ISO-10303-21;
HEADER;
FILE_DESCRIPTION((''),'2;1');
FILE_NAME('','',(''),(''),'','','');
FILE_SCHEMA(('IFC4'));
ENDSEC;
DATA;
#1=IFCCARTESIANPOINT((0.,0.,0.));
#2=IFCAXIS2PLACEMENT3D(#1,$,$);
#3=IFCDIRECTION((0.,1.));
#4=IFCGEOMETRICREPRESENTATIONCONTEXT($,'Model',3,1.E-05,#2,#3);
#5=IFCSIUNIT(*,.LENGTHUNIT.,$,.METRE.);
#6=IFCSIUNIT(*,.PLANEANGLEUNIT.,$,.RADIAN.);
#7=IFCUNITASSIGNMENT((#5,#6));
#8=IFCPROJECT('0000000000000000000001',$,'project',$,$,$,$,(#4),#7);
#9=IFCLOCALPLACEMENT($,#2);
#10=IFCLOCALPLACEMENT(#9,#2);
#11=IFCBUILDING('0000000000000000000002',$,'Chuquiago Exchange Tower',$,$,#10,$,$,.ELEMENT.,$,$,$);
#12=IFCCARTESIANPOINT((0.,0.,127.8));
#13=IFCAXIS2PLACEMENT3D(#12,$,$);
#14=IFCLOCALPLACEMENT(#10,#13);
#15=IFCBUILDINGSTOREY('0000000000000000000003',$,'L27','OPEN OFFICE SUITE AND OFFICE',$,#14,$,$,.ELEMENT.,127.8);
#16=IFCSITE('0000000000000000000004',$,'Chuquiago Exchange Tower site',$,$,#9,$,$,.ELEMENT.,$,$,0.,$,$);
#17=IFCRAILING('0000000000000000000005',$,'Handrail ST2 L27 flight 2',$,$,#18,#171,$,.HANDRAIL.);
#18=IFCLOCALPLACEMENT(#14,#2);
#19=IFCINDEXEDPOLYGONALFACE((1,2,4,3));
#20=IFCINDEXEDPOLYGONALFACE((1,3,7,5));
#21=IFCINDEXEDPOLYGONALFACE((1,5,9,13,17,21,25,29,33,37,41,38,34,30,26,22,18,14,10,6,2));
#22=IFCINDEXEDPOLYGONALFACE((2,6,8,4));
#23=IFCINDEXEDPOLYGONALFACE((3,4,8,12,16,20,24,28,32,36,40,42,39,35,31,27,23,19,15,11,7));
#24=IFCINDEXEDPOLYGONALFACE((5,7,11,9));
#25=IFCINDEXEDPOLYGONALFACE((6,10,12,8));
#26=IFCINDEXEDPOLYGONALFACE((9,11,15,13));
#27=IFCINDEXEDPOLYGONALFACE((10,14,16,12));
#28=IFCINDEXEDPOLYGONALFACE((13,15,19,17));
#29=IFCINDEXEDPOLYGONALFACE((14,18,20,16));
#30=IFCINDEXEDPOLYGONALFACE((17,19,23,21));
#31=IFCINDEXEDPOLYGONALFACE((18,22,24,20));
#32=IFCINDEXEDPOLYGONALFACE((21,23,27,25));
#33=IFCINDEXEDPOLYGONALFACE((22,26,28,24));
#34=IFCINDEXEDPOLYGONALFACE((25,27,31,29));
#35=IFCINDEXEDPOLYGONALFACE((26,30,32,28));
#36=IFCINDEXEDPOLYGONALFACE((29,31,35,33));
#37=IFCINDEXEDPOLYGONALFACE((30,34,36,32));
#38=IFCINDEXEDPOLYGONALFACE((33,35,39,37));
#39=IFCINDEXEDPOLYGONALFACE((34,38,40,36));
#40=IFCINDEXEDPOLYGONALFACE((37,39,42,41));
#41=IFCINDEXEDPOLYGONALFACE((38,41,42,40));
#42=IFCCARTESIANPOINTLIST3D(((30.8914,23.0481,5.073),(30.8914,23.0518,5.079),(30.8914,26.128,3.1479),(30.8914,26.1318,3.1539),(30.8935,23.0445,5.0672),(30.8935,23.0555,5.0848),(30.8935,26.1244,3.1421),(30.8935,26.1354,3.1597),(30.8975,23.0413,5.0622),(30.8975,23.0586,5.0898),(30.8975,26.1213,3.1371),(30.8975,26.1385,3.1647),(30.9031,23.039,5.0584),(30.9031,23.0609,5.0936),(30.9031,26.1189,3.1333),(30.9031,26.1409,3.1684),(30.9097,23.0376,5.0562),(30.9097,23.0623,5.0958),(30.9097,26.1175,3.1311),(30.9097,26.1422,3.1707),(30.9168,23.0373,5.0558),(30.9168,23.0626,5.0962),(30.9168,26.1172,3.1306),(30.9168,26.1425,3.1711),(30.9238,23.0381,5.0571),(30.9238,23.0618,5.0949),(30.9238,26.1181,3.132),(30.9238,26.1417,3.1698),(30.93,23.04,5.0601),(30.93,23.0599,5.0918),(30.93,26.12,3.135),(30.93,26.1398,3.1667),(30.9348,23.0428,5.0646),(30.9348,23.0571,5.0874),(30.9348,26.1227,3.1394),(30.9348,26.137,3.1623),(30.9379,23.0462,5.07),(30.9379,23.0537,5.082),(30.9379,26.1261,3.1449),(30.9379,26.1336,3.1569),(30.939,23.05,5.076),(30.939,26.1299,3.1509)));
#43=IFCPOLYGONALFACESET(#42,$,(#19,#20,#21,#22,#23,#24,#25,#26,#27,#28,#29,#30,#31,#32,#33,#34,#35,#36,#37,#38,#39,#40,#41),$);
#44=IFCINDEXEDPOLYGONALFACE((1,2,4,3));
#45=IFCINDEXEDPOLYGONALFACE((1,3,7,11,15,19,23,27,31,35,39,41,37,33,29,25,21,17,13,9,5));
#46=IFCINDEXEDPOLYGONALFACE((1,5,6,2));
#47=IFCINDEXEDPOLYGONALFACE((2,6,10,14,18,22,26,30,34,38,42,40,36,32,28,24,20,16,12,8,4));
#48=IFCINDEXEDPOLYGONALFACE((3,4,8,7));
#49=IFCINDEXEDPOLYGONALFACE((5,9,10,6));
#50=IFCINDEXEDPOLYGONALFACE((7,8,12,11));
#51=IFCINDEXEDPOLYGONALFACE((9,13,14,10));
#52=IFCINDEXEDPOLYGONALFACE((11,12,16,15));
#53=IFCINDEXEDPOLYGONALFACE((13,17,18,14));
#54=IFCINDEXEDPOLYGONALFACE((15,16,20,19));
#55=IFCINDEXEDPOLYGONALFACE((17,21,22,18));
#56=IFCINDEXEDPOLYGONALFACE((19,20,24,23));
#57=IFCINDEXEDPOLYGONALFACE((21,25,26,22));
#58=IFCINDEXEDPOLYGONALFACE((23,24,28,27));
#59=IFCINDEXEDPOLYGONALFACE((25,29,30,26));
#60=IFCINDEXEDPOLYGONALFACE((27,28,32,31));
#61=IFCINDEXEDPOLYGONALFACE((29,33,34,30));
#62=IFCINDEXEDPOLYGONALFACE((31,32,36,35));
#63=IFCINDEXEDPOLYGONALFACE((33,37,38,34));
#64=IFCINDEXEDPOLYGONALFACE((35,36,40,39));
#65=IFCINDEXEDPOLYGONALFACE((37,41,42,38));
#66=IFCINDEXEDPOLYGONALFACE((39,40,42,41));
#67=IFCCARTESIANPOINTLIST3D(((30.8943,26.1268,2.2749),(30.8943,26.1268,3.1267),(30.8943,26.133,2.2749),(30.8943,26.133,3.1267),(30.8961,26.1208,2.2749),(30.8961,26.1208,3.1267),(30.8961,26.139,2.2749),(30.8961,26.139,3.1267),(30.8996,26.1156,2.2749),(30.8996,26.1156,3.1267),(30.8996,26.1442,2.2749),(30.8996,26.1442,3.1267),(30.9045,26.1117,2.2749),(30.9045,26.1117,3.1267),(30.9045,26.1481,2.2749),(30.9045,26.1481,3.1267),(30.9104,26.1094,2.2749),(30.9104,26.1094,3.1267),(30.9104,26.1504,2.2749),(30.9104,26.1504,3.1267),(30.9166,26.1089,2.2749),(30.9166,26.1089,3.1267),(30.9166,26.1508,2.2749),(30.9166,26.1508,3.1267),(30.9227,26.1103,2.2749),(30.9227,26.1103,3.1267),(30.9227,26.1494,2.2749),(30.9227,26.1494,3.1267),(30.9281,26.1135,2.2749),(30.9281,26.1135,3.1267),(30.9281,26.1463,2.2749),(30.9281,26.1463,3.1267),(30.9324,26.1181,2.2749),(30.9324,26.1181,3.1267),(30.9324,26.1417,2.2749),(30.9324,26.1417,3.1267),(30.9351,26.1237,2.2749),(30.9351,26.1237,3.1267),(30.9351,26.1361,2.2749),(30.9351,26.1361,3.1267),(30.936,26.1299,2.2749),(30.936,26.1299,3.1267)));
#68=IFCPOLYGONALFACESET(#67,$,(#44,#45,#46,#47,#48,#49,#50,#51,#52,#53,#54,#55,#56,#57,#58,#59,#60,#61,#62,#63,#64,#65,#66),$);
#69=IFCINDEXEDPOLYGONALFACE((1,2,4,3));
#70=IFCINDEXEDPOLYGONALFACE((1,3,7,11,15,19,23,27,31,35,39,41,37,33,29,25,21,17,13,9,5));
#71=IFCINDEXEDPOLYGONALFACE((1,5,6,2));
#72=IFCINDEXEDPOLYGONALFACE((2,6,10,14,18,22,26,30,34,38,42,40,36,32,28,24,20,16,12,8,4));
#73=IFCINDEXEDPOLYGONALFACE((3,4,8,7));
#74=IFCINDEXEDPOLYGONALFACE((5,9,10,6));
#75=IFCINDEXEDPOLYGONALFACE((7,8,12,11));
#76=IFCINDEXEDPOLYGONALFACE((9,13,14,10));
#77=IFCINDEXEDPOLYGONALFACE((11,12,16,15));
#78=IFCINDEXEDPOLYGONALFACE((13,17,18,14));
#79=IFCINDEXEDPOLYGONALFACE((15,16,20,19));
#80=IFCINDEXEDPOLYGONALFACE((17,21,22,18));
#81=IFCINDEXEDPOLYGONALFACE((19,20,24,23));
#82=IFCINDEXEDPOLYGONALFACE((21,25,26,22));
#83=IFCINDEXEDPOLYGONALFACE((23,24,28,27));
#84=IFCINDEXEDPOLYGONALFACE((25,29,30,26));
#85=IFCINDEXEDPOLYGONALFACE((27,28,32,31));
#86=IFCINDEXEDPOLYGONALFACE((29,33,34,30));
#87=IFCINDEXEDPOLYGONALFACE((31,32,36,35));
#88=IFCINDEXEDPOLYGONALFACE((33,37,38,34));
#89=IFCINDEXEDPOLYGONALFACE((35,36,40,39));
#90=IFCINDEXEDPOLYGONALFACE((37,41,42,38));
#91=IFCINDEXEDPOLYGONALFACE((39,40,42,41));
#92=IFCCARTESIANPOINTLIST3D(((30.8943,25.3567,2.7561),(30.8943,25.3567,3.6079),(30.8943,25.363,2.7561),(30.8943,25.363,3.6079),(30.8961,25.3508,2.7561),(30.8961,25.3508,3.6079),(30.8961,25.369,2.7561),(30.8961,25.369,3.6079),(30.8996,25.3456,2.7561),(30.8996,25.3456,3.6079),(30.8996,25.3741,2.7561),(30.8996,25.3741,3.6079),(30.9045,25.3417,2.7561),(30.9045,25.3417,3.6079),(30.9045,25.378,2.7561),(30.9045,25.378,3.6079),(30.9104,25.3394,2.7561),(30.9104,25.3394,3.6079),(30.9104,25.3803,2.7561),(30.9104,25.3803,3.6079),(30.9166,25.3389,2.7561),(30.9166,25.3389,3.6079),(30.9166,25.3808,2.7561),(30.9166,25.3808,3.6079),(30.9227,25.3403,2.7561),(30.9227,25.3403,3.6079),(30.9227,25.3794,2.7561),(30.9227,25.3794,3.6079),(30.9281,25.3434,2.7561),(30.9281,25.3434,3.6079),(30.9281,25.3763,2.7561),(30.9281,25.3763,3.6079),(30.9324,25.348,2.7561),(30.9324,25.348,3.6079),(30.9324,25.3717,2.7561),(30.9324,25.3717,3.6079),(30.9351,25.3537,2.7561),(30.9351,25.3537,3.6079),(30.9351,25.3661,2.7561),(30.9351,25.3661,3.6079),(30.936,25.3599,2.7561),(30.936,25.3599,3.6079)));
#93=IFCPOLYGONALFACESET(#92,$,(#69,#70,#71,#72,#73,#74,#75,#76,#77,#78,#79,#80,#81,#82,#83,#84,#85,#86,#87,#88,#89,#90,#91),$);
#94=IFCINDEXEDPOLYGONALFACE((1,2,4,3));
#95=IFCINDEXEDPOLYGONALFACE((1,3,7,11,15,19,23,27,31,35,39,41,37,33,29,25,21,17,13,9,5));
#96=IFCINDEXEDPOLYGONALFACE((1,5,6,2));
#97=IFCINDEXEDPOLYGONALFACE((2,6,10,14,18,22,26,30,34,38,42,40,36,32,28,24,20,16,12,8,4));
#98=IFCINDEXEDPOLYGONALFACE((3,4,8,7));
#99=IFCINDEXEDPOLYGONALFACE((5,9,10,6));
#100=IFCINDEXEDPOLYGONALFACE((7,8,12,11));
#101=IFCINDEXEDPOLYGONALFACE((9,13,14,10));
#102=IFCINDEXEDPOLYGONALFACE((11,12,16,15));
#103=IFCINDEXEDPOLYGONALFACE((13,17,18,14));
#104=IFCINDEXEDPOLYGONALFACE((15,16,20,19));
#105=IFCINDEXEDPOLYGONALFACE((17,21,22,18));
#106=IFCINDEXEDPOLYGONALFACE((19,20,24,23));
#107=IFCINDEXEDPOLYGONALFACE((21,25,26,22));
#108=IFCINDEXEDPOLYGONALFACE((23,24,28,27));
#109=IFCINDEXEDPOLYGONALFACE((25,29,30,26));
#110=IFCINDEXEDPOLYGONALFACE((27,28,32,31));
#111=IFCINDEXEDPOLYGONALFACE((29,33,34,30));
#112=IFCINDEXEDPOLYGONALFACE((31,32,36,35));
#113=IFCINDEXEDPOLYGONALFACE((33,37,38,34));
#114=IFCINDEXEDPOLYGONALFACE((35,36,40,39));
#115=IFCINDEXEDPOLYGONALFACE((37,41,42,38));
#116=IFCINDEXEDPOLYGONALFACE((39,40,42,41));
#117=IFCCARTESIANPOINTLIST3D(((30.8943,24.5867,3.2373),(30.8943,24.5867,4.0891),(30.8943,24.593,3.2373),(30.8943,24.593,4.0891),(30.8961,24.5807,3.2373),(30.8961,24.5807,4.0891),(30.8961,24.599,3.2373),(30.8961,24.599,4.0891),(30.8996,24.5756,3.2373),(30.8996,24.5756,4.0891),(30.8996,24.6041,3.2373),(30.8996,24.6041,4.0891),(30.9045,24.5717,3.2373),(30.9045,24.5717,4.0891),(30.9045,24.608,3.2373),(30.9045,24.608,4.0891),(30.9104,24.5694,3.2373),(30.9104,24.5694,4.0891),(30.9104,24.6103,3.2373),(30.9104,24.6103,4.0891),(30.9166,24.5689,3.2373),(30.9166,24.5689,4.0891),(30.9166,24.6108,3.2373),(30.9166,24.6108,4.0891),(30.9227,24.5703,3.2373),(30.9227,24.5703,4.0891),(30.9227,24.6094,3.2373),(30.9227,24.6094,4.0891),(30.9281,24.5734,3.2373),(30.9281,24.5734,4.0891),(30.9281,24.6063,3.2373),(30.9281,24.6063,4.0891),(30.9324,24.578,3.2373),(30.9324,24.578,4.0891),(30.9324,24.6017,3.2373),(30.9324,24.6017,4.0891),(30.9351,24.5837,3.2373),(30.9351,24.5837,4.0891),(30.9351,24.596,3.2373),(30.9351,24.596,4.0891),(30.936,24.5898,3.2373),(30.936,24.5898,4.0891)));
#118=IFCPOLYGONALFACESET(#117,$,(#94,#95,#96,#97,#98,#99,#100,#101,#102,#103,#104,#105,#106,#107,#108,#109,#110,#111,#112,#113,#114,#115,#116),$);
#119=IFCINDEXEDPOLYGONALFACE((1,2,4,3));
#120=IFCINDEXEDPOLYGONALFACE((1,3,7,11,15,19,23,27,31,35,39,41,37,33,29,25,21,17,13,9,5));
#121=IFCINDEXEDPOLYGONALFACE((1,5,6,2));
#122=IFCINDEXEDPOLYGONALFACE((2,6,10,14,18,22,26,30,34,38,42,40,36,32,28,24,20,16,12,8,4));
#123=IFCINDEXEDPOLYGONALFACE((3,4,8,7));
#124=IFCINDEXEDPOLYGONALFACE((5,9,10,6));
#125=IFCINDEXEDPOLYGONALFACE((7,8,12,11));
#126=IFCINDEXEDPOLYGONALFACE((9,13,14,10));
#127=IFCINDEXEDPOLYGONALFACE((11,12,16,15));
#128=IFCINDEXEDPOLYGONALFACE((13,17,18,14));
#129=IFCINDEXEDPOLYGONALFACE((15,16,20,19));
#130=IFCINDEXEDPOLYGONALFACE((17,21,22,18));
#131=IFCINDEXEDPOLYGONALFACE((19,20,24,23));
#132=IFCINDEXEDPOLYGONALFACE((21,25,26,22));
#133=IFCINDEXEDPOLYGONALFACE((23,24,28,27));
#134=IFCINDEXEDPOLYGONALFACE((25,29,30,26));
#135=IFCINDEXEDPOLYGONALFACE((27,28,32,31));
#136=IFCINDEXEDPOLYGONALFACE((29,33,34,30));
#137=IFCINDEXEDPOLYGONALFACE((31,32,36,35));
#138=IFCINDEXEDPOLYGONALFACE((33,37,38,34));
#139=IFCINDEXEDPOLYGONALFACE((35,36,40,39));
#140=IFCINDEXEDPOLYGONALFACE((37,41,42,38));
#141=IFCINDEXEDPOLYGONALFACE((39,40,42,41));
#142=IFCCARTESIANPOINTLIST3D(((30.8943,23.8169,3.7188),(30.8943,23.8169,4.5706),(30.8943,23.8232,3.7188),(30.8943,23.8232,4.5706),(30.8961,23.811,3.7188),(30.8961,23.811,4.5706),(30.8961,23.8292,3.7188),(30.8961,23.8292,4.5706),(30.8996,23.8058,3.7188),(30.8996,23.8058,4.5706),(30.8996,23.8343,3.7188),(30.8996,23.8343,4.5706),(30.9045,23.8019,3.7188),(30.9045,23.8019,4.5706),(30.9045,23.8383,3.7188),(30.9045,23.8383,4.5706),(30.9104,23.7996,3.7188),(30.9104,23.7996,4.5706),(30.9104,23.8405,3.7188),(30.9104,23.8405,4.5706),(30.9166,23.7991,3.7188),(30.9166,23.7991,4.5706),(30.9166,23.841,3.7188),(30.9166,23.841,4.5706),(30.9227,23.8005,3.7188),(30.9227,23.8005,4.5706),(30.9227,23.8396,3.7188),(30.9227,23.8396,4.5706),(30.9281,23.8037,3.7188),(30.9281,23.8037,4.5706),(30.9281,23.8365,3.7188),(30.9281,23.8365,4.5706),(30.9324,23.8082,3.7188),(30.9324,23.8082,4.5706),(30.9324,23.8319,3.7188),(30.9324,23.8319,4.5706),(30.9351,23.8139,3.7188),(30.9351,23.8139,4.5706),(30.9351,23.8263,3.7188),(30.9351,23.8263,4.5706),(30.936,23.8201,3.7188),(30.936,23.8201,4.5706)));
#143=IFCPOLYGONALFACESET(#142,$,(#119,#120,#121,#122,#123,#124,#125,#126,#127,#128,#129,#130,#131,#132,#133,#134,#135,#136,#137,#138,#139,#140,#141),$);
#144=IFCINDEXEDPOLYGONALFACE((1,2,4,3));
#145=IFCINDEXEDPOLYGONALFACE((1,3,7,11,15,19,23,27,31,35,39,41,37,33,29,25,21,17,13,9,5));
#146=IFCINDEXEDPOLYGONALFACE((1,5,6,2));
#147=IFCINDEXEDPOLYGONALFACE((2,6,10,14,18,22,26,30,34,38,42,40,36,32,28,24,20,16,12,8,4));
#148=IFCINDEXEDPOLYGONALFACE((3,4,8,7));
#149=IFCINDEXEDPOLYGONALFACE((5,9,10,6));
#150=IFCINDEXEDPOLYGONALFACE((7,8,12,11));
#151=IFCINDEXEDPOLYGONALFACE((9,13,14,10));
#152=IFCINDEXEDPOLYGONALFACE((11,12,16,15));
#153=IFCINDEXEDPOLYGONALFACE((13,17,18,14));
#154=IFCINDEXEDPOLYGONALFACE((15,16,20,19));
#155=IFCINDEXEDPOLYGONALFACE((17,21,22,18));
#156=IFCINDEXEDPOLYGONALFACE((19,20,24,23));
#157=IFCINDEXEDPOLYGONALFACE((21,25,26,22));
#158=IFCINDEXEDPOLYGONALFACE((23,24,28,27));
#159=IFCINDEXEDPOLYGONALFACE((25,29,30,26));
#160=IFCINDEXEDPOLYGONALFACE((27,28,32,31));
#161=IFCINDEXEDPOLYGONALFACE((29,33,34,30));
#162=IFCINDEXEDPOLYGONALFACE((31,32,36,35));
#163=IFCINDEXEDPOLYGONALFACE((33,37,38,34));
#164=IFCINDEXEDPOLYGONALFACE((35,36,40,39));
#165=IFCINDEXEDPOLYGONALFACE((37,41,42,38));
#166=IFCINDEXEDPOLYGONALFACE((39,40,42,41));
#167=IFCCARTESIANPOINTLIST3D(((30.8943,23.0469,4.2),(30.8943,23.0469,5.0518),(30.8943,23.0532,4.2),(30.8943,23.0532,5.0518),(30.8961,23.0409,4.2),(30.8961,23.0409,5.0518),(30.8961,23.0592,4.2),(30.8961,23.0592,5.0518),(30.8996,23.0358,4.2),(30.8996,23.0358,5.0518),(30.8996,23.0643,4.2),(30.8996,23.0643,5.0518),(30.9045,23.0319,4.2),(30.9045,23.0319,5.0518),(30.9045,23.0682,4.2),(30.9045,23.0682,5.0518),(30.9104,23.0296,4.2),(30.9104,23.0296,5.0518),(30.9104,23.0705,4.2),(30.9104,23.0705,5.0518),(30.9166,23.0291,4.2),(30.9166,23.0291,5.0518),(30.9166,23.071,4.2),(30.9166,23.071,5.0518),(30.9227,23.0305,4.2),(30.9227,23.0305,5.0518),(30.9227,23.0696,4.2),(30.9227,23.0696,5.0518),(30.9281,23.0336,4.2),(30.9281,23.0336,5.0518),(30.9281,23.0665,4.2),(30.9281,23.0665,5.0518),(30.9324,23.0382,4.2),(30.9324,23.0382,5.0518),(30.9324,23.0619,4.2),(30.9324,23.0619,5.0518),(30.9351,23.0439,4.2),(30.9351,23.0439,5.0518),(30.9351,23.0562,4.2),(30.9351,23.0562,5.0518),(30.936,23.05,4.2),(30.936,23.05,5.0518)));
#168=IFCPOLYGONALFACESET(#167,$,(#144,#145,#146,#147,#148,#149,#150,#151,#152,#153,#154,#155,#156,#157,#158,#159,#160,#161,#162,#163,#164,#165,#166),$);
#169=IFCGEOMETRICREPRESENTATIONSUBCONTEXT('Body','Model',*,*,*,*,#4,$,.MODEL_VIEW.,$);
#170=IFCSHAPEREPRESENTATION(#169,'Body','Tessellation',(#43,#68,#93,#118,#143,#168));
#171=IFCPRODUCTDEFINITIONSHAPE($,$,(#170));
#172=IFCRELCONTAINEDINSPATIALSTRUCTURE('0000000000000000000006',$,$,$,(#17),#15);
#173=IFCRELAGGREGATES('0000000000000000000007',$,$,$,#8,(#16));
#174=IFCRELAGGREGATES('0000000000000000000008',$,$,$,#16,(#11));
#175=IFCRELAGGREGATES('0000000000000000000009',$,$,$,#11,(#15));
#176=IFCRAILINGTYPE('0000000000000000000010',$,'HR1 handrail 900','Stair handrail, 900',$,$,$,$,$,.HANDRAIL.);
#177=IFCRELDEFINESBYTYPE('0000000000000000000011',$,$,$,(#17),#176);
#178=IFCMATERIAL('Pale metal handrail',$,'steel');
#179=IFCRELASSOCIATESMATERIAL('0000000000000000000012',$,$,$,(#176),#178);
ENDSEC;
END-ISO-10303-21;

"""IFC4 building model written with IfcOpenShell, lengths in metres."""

from ifc_helpers import new_model, si_unit, direction, frame, origin, origin_2d, place, context, subcontext, project, spatial, circle, extrude, material, type_object, element, save


model = new_model("IFC4")

# Units and contexts
model_context = context("Model", 3, precision=1e-05, world=origin(), true_north=direction((0.0, 1.0)))
body_context = subcontext(model_context, "Body", "Model", "MODEL_VIEW")
ifc_project = project(units=[si_unit("LENGTHUNIT", "METRE"), si_unit("PLANEANGLEUNIT", "RADIAN")], contexts=[model_context])

# Site, building, storey
site_placement = place(None, origin())
site = spatial("IfcSite", under=ifc_project, at=site_placement, Name="Chuquiago Exchange Tower site", CompositionType="ELEMENT", RefElevation=0.0)
building_placement = place(site_placement, origin())
building = spatial("IfcBuilding", under=site, at=building_placement, Name="Chuquiago Exchange Tower", CompositionType="ELEMENT")
storey_placement = place(building_placement, frame((0.0, 0.0, 127.8)))
storey = spatial("IfcBuildingStorey", under=building, at=storey_placement, Name="L27", Description="OPEN OFFICE SUITE AND OFFICE", CompositionType="ELEMENT", Elevation=127.8)

# Railing
ifc_material_1 = material(Name="Pale metal handrail", Category="steel")
railing_type_1 = type_object("IfcRailingType", Name="HR1 handrail 900", Description="Stair handrail, 900", PredefinedType="HANDRAIL", material=ifc_material_1)
railing_1_placement = place(storey_placement, frame((30.915, 26.1299, 2.2749)))
element("IfcRailing", 1, at=railing_1_placement, inside=storey, type_object=railing_type_1, Name="Handrail ST2 L27 flight 2", PredefinedType="HANDRAIL", context=body_context, shape_type="SweptSolid", body=[
    extrude(circle(Radius=0.0239, at=origin_2d()), frame((0.0, 0.0, 0.876), z_axis=(0.0, -0.847979, 0.530029), x_axis=(1.0, 0.0, 0.0)), (0.0, 0.0, 1.0), 3.6321),
    extrude(circle(Radius=0.021, at=origin_2d()), origin(), (0.0, 0.0, 1.0), 0.8518),
    extrude(circle(Radius=0.021, at=origin_2d()), frame((0.0, -0.77, 0.4812)), (0.0, 0.0, 1.0), 0.8518),
    extrude(circle(Radius=0.021, at=origin_2d()), frame((0.0, -1.54, 0.9624)), (0.0, 0.0, 1.0), 0.8518),
    extrude(circle(Radius=0.021, at=origin_2d()), frame((0.0, -2.3098, 1.4438)), (0.0, 0.0, 1.0), 0.8518),
    extrude(circle(Radius=0.021, at=origin_2d()), frame((0.0, -3.0798, 1.925)), (0.0, 0.0, 1.0), 0.8518),
])

save(model, "model.ifc")
